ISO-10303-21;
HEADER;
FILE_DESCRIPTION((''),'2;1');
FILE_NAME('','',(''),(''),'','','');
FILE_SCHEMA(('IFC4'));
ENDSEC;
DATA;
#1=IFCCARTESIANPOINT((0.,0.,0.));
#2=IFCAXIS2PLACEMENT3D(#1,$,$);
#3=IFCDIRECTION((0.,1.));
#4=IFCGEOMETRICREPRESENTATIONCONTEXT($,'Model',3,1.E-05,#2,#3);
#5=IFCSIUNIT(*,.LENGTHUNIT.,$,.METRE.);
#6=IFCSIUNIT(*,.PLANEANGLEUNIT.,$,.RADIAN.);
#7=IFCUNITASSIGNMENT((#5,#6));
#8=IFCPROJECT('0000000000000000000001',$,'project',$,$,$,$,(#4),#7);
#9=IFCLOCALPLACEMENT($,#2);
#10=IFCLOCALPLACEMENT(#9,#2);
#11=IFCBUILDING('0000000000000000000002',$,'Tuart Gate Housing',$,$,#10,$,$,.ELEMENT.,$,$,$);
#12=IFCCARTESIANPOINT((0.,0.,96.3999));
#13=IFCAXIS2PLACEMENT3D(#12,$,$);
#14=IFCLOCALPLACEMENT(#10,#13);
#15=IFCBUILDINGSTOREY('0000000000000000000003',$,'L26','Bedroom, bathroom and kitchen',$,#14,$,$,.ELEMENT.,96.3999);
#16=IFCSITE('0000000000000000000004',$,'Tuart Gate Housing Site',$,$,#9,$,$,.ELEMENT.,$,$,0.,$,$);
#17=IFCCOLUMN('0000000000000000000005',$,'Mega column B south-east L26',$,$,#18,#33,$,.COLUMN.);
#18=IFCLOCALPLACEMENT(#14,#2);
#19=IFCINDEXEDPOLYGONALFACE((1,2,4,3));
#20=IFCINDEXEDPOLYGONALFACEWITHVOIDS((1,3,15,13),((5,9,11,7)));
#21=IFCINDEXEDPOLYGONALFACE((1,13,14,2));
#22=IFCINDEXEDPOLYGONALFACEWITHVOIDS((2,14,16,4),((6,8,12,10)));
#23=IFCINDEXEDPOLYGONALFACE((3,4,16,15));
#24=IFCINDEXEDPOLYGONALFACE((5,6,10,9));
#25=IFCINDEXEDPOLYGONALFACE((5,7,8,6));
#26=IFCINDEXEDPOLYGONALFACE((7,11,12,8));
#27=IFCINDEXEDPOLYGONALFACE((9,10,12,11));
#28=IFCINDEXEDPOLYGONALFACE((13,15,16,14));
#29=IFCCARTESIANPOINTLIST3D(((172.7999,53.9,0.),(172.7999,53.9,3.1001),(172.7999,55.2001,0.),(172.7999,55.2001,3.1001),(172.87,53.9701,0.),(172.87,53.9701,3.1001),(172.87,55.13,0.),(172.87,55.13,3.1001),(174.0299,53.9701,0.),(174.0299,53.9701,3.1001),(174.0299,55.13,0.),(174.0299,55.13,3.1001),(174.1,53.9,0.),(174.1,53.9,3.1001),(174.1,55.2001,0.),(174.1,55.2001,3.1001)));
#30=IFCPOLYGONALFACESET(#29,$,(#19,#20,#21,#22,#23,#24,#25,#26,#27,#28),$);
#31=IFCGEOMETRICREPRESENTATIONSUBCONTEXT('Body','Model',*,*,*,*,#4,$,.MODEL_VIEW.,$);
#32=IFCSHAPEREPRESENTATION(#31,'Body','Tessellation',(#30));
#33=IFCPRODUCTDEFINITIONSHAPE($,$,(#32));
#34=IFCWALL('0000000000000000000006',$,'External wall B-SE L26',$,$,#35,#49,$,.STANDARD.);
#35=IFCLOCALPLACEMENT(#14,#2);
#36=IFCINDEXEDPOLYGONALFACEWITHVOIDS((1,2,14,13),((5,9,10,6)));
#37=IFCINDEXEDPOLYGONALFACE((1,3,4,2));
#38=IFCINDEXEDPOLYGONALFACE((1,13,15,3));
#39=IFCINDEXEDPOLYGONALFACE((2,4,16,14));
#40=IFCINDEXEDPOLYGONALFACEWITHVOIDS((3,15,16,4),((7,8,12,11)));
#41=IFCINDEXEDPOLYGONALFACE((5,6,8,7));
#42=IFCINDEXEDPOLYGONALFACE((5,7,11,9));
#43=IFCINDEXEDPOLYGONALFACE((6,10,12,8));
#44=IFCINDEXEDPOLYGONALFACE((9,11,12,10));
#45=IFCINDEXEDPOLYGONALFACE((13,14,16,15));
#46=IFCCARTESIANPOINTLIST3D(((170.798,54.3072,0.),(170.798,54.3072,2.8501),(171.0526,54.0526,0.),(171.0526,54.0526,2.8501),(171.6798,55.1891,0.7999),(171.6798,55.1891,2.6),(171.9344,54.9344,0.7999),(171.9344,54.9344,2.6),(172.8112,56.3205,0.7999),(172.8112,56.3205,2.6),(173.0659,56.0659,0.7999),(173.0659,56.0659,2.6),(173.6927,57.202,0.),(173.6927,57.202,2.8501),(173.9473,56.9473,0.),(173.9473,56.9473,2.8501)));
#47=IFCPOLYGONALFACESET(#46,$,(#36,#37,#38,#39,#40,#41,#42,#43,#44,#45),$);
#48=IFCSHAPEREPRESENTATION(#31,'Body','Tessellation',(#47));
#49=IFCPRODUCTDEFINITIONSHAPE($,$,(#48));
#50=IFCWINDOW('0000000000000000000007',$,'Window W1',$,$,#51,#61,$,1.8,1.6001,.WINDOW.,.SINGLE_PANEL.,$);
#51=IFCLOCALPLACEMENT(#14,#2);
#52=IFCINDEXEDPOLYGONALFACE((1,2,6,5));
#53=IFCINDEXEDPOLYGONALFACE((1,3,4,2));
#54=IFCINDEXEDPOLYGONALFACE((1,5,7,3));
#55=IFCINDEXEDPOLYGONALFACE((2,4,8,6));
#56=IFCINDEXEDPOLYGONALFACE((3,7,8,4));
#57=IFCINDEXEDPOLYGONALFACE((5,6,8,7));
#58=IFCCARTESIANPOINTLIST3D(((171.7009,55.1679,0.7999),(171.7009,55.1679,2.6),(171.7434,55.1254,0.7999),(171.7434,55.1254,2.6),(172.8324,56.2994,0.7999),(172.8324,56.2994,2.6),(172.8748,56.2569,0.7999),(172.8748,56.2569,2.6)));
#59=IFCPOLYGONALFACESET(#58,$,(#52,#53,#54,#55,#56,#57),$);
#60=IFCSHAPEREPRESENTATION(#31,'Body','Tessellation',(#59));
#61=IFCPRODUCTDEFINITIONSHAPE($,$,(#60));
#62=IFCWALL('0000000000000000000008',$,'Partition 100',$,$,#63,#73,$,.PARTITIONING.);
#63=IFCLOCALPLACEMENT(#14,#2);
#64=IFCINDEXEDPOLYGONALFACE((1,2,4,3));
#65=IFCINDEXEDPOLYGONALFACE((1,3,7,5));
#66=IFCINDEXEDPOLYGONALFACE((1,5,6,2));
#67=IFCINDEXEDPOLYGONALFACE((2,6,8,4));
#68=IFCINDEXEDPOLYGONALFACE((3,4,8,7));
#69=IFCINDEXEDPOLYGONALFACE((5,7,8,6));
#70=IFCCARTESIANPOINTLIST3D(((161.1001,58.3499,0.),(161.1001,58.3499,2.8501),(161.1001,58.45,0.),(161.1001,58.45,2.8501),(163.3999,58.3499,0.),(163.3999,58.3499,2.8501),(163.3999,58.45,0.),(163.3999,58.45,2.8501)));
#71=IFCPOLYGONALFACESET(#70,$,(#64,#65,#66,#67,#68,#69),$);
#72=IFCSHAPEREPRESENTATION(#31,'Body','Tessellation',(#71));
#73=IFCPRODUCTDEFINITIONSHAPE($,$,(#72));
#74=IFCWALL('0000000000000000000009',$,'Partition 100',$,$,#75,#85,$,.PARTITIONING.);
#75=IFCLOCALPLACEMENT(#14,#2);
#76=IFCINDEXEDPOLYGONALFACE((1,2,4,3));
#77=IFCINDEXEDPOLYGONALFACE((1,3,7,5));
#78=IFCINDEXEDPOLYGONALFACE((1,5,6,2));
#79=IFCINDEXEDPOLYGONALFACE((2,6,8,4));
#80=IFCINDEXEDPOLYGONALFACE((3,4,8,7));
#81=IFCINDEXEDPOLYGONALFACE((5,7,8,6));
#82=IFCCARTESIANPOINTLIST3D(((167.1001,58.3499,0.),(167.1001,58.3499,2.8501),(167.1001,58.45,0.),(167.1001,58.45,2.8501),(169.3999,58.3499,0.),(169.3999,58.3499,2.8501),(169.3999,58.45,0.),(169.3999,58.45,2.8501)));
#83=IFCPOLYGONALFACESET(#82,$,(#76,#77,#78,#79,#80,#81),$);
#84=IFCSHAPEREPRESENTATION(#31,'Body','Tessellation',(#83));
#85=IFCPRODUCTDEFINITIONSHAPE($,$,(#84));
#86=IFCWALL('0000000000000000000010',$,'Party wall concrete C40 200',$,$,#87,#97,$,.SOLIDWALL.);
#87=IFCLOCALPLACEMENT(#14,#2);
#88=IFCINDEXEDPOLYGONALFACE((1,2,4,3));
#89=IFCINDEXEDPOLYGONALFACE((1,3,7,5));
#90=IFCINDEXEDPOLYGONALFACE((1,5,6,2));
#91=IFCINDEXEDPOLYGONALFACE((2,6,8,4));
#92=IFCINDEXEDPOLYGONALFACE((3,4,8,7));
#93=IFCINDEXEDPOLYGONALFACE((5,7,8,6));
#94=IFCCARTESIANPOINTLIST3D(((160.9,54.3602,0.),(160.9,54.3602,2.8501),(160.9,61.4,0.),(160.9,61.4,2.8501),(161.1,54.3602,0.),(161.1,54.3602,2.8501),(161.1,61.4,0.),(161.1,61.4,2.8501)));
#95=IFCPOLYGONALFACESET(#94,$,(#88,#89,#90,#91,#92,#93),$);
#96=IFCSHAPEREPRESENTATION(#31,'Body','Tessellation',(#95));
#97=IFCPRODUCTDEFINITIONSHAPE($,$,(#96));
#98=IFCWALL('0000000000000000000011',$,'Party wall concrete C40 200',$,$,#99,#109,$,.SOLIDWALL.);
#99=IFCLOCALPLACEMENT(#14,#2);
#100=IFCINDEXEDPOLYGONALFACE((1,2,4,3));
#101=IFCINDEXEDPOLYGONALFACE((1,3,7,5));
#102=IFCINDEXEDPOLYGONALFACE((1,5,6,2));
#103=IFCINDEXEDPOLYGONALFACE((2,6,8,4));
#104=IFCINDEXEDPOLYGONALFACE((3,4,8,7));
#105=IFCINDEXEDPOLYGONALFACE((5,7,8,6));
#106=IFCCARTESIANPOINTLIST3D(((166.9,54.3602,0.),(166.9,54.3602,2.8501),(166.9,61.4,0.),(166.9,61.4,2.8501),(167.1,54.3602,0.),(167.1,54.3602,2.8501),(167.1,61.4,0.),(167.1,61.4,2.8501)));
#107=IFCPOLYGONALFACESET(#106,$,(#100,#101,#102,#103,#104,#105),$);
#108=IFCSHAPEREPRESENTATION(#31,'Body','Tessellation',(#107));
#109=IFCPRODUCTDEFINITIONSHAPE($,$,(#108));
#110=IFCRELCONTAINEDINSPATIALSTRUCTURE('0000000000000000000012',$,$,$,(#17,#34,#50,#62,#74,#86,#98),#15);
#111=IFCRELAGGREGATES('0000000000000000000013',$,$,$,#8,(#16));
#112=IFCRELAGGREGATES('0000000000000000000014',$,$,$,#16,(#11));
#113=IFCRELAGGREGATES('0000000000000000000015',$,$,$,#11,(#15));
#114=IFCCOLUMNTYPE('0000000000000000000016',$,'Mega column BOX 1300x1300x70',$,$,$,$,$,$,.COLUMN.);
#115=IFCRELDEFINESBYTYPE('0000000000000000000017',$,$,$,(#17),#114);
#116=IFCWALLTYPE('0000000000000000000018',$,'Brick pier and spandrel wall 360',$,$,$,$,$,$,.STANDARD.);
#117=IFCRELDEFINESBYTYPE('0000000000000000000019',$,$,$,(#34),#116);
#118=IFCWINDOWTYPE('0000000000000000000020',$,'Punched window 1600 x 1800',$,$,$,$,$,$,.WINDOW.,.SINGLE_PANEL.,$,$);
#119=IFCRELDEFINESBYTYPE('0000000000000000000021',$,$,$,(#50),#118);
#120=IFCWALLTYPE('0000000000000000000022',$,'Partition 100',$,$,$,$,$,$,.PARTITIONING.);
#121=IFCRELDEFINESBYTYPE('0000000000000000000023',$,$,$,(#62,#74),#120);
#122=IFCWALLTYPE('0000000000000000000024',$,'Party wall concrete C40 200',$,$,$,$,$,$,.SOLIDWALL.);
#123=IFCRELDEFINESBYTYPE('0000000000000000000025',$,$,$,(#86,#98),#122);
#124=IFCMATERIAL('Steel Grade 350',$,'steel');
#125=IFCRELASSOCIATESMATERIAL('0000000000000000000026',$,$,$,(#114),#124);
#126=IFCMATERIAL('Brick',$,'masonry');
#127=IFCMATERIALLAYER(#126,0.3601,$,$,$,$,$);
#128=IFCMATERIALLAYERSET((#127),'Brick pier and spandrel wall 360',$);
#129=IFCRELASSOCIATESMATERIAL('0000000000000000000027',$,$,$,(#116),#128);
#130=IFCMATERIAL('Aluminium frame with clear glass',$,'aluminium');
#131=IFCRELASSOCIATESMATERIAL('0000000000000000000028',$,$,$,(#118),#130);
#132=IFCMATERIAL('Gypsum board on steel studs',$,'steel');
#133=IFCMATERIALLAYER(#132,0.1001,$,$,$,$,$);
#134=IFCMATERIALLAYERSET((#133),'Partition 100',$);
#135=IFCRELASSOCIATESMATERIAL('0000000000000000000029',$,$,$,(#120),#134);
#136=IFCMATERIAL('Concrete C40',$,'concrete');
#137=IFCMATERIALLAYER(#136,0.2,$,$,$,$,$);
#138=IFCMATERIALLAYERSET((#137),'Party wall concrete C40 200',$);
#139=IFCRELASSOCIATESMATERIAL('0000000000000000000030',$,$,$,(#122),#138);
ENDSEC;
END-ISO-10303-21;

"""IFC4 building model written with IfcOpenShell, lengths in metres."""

from ifc_helpers import new_model, si_unit, direction, frame, frame_2d, origin, origin_2d, place, context, subcontext, project, spatial, rectangle, hollow_rectangle, extrude, material, layer, layer_set, material_profile, profile_set, type_object, element, fill, save


model = new_model("IFC4")

# Units and contexts
model_context = context("Model", 3, precision=1e-05, world=origin(), true_north=direction((0.0, 1.0)))
body_context = subcontext(model_context, "Body", "Model", "MODEL_VIEW")
ifc_project = project(units=[si_unit("LENGTHUNIT", "METRE"), si_unit("PLANEANGLEUNIT", "RADIAN")], contexts=[model_context])

# Site, building, storey
site_placement = place(None, origin())
site = spatial("IfcSite", under=ifc_project, at=site_placement, Name="Tuart Gate Housing Site", CompositionType="ELEMENT", RefElevation=0.0)
building_placement = place(site_placement, origin())
building = spatial("IfcBuilding", under=site, at=building_placement, Name="Tuart Gate Housing", CompositionType="ELEMENT")
storey_placement = place(building_placement, frame((0.0, 0.0, 96.3999)))
storey = spatial("IfcBuildingStorey", under=building, at=storey_placement, Name="L26", Description="Bedroom, bathroom and kitchen", CompositionType="ELEMENT", Elevation=96.3999)

# Column
ifc_material_1 = material(Name="Steel Grade 350", Category="steel")
ifc_material_profile = material_profile(ifc_material_1, hollow_rectangle(XDim=1.3, YDim=1.3, WallThickness=0.0701, at=origin_2d()), Name="BOX 1300x1300x70")
ifc_profile_set = profile_set([ifc_material_profile], Name="Steel Grade 350")
column_type = type_object("IfcColumnType", Name="Mega column BOX 1300x1300x70", PredefinedType="COLUMN", material=ifc_profile_set)
column_placement = place(storey_placement, frame((173.45, 54.55, 0.0), z_axis=(0.0, 0.0, 1.0), x_axis=(1.0, 0.0, 0.0)))
element("IfcColumn", 1, at=column_placement, inside=storey, type_object=column_type, Name="Mega column B south-east L26", PredefinedType="COLUMN", context=body_context, shape_type="SweptSolid", body=[
    extrude(hollow_rectangle(XDim=1.3, YDim=1.3, WallThickness=0.0701, at=origin_2d()), origin(), (0.0, 0.0, 1.0), 3.1001),
])

# Wall, opening, window
ifc_material_2 = material(Name="Brick", Category="masonry")
ifc_layer_1 = layer(ifc_material_2, 0.3601)
ifc_layer_set_1 = layer_set([ifc_layer_1], Name="Brick pier and spandrel wall 360")
wall_type_1 = type_object("IfcWallType", Name="Brick pier and spandrel wall 360", PredefinedType="STANDARD", material=ifc_layer_set_1)
wall_1_placement = place(storey_placement, frame((170.9253, 54.1799, 0.0), z_axis=(0.0, 0.0, 1.0), x_axis=(0.707107, 0.707107, 0.0)))
wall_1 = element("IfcWall", 2, at=wall_1_placement, inside=storey, type_object=wall_type_1, Name="External wall B-SE L26", PredefinedType="STANDARD", context=body_context, shape_type="SweptSolid", body=[
    extrude(rectangle(XDim=4.0938, YDim=0.3601, at=frame_2d((2.0469, 0.0))), origin(), (0.0, 0.0, 1.0), 2.8501),
])
opening_1_placement = place(wall_1_placement, frame((1.2471, 0.0, 0.8)))
opening_1 = element("IfcOpeningElement", 3, at=opening_1_placement, cuts=wall_1, PredefinedType="OPENING", context=body_context, shape_type="SweptSolid", body=[
    extrude(rectangle(XDim=1.6001, YDim=1.8, at=frame_2d((0.8, 0.8999))), frame((0.0, 0.1899, 0.0), z_axis=(0.0, -1.0, 0.0), x_axis=(1.0, 0.0, 0.0)), (0.0, 0.0, 1.0), 0.3801),
])
ifc_material_3 = material(Name="Aluminium frame with clear glass", Category="aluminium")
window_type_1 = type_object("IfcWindowType", Name="Punched window 1600 x 1800", PartitioningType="SINGLE_PANEL", PredefinedType="WINDOW", material=ifc_material_3)
window_1_placement = place(opening_1_placement, origin())
window_1 = element("IfcWindow", 4, at=window_1_placement, inside=storey, type_object=window_type_1, Name="Window W1", OverallHeight=1.8, OverallWidth=1.6001, PartitioningType="SINGLE_PANEL", PredefinedType="WINDOW", context=body_context, shape_type="SweptSolid", body=[
    extrude(rectangle(XDim=1.6001, YDim=1.8, at=frame_2d((0.8, 0.8999))), frame((0.0, 0.1501, 0.0), z_axis=(0.0, -1.0, 0.0), x_axis=(1.0, 0.0, 0.0)), (0.0, 0.0, 1.0), 0.0601),
])
fill(opening_1, window_1)

# Walls
ifc_material_4 = material(Name="Gypsum board on steel studs", Category="steel")
ifc_layer_2 = layer(ifc_material_4, 0.1001)
ifc_layer_set_2 = layer_set([ifc_layer_2], Name="Partition 100")
wall_type_2 = type_object("IfcWallType", Name="Partition 100", PredefinedType="PARTITIONING", material=ifc_layer_set_2)
for number, where, z_axis, x_axis, name in (
    (5, (161.1001, 58.3999, 0.0), (0.0, 0.0, 1.0), (1.0, 0.0, 0.0), "Partition 100"),
    (6, (167.1001, 58.3999, 0.0), (0.0, 0.0, 1.0), (1.0, 0.0, 0.0), "Partition 100"),
):
    element("IfcWall", number, at=place(storey_placement, frame(where, z_axis=z_axis, x_axis=x_axis)), inside=storey, type_object=wall_type_2, Name=name, PredefinedType="PARTITIONING", context=body_context, shape_type="SweptSolid", body=[
        extrude(rectangle(XDim=2.2998, YDim=0.1001, at=frame_2d((1.1499, 0.0))), origin(), (0.0, 0.0, 1.0), 2.8501),
    ])
ifc_material_5 = material(Name="Concrete C40", Category="concrete")
ifc_layer_3 = layer(ifc_material_5, 0.2)
ifc_layer_set_3 = layer_set([ifc_layer_3], Name="Party wall concrete C40 200")
wall_type_3 = type_object("IfcWallType", Name="Party wall concrete C40 200", PredefinedType="SOLIDWALL", material=ifc_layer_set_3)
for number, where, z_axis, x_axis, name in (
    (7, (161.0, 54.3601, 0.0), (0.0, 0.0, 1.0), (0.0, 1.0, 0.0), "Party wall concrete C40 200"),
    (8, (167.0, 54.3601, 0.0), (0.0, 0.0, 1.0), (0.0, 1.0, 0.0), "Party wall concrete C40 200"),
):
    element("IfcWall", number, at=place(storey_placement, frame(where, z_axis=z_axis, x_axis=x_axis)), inside=storey, type_object=wall_type_3, Name=name, PredefinedType="SOLIDWALL", context=body_context, shape_type="SweptSolid", body=[
        extrude(rectangle(XDim=7.0398, YDim=0.2, at=frame_2d((3.52, 0.0))), origin(), (0.0, 0.0, 1.0), 2.8501),
    ])

save(model, "model.ifc")
